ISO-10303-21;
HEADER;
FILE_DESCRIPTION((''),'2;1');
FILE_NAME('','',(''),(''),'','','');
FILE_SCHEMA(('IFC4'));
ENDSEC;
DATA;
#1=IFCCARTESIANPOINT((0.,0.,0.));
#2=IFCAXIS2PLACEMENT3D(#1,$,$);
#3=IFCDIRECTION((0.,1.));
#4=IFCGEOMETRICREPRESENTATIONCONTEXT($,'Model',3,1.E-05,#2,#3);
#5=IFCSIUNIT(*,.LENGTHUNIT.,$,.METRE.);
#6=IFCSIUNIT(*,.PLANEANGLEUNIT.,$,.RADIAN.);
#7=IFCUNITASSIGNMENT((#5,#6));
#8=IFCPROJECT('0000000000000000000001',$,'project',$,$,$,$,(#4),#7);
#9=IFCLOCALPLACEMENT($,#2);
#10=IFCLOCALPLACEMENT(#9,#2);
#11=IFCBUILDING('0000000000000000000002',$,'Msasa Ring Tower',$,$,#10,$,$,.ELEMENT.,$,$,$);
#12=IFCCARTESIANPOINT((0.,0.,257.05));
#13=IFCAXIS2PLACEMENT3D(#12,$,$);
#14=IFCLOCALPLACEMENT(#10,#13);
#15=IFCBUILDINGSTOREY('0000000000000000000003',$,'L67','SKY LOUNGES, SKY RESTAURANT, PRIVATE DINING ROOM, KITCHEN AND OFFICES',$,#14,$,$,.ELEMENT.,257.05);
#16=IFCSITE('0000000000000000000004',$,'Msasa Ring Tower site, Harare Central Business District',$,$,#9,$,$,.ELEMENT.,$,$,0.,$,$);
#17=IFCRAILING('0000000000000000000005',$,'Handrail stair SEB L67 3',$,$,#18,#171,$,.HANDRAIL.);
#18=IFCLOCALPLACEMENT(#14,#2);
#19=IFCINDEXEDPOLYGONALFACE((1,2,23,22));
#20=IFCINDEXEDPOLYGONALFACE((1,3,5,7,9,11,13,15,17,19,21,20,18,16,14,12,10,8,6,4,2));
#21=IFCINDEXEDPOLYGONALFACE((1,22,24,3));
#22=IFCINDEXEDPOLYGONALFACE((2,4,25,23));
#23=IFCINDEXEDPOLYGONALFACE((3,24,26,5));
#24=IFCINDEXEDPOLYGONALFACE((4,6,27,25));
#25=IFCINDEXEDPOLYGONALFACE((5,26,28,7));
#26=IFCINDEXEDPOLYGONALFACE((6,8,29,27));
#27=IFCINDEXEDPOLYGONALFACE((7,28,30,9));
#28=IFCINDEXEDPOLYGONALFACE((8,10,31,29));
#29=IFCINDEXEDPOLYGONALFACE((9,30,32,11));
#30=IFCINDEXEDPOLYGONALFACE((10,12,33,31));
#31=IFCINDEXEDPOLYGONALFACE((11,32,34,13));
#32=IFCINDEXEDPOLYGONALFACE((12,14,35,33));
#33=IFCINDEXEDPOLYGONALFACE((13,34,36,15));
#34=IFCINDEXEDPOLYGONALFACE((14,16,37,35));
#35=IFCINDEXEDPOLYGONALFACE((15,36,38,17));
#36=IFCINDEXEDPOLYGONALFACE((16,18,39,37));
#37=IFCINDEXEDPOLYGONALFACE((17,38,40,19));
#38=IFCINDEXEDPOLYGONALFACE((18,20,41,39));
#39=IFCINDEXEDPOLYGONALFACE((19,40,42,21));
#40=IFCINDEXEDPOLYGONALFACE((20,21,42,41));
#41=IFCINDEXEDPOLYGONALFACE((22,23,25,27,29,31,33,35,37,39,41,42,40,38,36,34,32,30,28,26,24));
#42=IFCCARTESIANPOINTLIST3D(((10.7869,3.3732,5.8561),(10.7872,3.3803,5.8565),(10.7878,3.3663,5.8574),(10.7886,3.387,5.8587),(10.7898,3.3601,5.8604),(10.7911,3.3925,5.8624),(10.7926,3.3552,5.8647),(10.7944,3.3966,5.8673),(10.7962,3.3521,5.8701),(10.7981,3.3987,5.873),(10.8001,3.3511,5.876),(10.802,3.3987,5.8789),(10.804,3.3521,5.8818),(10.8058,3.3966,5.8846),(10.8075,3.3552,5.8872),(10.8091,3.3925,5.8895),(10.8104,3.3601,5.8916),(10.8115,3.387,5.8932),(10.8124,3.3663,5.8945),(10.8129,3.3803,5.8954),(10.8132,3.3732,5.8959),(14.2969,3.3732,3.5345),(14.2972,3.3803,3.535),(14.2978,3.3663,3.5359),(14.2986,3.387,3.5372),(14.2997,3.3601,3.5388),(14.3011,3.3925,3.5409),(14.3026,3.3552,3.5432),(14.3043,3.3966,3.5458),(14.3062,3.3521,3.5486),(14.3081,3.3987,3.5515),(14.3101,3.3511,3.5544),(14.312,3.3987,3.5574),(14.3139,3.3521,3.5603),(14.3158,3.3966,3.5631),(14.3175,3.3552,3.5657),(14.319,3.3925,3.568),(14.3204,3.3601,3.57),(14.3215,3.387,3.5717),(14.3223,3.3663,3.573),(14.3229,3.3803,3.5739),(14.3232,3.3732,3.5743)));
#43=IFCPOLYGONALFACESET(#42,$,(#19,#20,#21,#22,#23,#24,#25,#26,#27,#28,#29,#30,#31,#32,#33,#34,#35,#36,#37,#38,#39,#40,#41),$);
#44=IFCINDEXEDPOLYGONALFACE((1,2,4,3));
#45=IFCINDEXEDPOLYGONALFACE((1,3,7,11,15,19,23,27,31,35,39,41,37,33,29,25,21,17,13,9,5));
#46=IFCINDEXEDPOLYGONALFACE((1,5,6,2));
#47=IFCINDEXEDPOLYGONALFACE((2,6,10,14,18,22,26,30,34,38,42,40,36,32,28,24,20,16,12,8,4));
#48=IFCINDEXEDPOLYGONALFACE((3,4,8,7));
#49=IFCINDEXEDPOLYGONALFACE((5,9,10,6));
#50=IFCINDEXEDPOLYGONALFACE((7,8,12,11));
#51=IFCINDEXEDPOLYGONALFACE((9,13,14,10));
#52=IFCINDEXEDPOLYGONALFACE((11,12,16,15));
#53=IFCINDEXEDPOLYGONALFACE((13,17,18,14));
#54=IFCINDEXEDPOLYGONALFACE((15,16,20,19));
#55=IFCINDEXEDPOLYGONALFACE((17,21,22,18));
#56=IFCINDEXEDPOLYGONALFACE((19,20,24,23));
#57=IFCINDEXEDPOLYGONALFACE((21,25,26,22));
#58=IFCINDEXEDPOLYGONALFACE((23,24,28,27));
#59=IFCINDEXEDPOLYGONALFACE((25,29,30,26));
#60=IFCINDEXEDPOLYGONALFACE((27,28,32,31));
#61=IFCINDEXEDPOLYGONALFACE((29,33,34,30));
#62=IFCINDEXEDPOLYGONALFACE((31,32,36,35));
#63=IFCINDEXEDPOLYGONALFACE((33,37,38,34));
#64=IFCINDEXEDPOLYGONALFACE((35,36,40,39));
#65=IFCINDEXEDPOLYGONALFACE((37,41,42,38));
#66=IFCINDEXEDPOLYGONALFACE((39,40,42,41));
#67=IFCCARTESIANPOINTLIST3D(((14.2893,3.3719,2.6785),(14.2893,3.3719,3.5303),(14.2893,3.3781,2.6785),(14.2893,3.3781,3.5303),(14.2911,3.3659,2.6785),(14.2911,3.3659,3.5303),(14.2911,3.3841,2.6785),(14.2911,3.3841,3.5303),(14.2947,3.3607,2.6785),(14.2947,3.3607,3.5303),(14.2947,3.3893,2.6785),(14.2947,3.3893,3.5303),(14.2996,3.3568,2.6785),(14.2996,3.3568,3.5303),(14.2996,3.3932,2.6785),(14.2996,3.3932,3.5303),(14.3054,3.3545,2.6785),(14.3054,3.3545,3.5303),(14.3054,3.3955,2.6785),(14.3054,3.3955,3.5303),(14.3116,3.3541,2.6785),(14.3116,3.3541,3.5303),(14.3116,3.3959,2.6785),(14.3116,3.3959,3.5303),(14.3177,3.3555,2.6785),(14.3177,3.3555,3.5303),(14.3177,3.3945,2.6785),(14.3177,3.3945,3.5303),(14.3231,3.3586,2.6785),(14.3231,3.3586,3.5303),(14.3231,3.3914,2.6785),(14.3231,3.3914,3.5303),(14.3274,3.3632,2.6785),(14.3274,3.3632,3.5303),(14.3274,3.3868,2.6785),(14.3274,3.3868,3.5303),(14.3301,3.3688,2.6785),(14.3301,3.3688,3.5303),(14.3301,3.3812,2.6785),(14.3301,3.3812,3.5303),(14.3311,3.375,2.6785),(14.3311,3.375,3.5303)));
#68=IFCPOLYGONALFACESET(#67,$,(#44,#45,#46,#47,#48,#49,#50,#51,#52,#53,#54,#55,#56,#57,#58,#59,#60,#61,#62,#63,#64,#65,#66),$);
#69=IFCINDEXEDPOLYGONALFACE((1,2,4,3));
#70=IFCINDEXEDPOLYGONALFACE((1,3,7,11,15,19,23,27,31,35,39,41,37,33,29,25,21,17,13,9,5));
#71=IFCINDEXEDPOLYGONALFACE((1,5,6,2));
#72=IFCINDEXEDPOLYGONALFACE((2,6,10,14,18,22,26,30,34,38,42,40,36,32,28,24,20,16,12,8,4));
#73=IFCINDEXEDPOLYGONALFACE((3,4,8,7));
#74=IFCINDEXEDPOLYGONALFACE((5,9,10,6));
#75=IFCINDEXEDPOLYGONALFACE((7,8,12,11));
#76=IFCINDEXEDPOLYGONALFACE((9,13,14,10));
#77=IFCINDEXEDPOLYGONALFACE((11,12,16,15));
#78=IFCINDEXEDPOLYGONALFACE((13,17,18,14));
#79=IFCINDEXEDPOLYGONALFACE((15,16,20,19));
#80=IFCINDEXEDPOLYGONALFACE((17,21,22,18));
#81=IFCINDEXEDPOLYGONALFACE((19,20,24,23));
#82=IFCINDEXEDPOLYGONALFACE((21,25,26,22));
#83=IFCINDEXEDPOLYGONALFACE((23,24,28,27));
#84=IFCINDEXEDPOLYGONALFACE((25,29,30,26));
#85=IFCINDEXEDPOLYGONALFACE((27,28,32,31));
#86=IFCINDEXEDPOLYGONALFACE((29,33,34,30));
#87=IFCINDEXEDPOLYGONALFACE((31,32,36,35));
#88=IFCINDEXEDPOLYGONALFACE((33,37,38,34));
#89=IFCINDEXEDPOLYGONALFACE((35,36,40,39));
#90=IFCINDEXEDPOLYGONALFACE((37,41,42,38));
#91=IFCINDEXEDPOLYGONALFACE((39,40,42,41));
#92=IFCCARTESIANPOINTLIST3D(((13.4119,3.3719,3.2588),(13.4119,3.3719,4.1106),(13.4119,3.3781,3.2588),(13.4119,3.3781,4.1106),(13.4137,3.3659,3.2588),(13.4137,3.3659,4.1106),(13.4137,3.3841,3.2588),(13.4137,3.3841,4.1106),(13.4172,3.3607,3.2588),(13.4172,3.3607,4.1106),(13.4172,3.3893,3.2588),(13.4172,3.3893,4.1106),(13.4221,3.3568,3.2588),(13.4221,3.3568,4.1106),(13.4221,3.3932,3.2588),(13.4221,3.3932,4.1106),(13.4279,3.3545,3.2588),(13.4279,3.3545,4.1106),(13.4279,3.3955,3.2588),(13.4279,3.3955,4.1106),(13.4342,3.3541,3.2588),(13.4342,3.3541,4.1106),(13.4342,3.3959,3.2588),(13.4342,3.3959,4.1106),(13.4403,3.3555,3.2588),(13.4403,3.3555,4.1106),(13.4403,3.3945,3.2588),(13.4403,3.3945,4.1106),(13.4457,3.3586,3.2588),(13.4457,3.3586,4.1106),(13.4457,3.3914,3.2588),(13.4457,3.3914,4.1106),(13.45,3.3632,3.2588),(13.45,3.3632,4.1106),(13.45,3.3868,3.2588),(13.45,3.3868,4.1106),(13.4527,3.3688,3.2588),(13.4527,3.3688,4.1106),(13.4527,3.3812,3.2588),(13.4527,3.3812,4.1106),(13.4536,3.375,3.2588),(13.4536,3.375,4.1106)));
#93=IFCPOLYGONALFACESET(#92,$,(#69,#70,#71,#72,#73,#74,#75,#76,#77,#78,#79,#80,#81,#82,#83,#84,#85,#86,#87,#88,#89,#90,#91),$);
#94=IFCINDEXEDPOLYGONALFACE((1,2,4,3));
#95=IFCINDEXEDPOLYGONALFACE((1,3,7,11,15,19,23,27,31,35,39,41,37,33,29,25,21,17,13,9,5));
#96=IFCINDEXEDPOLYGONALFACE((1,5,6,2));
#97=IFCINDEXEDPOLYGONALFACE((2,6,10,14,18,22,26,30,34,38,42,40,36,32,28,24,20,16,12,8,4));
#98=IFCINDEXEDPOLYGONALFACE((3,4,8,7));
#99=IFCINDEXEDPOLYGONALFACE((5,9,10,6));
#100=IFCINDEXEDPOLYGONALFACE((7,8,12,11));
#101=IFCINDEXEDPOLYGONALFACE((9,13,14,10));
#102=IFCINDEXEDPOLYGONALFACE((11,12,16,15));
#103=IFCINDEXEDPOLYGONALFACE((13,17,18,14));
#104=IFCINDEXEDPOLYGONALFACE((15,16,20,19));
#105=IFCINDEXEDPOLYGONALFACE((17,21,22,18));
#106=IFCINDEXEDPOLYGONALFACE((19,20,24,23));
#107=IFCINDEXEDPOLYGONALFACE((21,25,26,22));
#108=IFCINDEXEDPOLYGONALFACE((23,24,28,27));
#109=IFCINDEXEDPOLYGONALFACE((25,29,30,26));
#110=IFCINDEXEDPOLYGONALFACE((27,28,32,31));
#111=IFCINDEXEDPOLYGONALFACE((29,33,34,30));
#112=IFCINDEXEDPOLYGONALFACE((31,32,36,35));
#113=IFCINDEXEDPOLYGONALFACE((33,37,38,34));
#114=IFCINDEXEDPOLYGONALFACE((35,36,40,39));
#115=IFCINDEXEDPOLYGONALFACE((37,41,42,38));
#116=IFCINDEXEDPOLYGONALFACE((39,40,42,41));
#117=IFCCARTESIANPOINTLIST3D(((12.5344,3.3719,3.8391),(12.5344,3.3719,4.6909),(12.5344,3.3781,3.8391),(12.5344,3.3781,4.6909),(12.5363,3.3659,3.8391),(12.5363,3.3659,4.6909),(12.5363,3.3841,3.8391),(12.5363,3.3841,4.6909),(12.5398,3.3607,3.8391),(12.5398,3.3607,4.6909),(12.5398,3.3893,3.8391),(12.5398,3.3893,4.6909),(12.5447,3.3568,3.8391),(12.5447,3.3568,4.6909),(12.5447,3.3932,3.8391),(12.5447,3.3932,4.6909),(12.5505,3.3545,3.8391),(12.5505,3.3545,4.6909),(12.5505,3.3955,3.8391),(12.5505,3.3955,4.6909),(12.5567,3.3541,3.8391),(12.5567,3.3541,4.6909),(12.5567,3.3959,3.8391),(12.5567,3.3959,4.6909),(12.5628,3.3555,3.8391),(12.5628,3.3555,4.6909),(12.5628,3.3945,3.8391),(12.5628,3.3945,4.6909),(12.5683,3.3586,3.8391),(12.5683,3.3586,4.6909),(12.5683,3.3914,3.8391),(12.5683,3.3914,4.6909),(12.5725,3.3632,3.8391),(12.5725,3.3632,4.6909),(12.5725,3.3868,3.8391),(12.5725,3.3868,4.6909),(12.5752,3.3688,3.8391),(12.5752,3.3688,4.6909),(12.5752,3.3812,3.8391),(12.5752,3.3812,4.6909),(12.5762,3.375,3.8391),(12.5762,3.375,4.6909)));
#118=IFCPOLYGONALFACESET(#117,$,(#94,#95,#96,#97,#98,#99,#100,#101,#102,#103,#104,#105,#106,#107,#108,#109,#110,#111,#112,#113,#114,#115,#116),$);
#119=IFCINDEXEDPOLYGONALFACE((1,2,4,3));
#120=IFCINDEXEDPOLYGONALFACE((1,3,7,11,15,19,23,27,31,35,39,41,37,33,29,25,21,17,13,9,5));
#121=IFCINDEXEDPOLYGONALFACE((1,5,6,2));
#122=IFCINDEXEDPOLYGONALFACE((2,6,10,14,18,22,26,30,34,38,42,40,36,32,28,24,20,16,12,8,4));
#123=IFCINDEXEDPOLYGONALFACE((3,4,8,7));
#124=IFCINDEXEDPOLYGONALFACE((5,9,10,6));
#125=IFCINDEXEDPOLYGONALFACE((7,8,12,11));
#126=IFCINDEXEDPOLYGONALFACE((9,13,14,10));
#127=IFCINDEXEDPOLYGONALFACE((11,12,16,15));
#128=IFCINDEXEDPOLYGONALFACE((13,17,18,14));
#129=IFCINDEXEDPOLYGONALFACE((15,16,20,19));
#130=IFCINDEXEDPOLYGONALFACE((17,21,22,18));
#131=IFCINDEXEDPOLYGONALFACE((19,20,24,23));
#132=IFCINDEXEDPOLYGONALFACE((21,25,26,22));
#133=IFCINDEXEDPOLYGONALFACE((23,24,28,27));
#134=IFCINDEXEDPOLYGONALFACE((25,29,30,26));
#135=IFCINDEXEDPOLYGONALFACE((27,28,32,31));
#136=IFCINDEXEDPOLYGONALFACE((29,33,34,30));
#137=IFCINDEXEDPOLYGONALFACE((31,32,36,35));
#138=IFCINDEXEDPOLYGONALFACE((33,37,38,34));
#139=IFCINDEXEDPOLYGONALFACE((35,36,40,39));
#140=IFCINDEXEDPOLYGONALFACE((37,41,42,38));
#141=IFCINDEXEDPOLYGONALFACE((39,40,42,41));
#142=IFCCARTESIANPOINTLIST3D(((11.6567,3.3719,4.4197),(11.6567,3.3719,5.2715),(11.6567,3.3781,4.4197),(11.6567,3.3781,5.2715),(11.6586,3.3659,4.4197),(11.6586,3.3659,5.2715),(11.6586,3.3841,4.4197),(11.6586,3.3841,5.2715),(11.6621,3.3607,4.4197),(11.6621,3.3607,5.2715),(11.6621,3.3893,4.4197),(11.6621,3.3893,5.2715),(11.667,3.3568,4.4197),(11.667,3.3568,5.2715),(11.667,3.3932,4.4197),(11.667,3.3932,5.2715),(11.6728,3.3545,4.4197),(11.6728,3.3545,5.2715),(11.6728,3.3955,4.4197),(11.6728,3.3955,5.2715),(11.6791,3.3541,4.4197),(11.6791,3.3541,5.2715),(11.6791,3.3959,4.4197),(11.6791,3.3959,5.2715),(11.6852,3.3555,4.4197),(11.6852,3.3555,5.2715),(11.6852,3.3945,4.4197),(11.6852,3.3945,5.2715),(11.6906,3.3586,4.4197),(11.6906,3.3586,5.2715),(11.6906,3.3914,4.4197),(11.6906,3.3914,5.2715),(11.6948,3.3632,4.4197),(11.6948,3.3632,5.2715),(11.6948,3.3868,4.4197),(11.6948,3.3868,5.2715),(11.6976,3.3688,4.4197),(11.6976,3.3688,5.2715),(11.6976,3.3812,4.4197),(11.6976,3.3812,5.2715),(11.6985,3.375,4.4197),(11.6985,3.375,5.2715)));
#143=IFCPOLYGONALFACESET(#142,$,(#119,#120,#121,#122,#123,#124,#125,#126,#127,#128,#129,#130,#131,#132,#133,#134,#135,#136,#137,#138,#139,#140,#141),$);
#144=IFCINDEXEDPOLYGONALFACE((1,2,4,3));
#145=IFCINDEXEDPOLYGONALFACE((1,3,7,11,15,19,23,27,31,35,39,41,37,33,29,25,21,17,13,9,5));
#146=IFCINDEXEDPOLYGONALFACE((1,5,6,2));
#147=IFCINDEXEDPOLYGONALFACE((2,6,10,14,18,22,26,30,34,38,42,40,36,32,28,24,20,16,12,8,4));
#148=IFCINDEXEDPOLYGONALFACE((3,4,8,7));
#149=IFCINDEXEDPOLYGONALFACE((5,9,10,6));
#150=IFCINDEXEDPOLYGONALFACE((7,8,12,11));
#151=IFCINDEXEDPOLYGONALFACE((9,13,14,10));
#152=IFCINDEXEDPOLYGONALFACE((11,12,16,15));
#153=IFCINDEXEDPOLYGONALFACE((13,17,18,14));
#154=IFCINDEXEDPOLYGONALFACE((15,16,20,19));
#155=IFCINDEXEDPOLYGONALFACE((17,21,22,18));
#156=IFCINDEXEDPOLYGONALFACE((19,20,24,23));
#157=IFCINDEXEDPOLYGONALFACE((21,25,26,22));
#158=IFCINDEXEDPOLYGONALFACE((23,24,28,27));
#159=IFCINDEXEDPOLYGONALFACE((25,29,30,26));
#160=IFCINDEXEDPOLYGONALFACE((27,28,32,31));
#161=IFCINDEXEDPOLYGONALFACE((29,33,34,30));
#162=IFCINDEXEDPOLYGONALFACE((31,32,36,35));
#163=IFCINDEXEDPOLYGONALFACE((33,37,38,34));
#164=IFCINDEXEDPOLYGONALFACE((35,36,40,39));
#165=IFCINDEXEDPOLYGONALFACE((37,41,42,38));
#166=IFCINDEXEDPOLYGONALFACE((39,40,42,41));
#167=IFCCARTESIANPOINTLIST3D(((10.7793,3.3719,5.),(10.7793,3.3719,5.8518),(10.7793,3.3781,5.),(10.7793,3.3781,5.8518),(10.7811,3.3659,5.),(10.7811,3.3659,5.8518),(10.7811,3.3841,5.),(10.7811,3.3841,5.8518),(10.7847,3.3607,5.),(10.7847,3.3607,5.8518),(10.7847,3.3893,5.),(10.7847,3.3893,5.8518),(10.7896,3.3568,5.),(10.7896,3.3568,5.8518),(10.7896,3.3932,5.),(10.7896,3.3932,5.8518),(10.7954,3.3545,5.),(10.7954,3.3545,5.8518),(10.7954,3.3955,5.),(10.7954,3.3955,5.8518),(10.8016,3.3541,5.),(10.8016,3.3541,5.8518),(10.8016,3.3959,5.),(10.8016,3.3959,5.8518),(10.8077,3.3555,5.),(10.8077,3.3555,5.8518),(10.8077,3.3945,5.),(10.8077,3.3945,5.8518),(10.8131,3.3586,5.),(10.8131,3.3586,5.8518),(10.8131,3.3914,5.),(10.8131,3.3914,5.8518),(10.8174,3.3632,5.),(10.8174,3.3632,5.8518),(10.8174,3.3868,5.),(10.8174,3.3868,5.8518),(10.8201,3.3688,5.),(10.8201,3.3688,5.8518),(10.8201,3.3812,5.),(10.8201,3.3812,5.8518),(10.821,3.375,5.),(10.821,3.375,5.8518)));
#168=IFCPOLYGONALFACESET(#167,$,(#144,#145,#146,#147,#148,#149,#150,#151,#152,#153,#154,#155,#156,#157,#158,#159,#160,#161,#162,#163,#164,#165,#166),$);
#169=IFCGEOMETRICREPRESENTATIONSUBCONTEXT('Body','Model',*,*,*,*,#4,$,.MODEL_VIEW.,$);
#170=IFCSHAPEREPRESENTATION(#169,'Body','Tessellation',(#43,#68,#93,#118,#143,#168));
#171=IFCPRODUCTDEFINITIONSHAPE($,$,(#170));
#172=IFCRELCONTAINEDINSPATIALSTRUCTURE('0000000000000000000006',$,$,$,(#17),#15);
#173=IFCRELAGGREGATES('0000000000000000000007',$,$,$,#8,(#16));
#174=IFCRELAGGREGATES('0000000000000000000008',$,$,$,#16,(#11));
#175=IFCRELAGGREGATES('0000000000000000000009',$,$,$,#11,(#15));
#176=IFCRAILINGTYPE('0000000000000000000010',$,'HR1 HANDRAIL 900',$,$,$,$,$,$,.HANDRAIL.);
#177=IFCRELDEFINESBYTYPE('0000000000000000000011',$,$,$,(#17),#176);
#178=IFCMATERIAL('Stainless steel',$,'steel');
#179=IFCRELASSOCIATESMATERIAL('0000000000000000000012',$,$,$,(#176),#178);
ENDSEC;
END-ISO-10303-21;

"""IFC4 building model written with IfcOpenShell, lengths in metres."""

from ifc_helpers import new_model, si_unit, direction, frame, origin, origin_2d, place, context, subcontext, project, spatial, circle, extrude, material, type_object, element, save


model = new_model("IFC4")

# Units and contexts
model_context = context("Model", 3, precision=1e-05, world=origin(), true_north=direction((0.0, 1.0)))
body_context = subcontext(model_context, "Body", "Model", "MODEL_VIEW")
ifc_project = project(units=[si_unit("LENGTHUNIT", "METRE"), si_unit("PLANEANGLEUNIT", "RADIAN")], contexts=[model_context])

# Site, building, storey
site_placement = place(None, origin())
site = spatial("IfcSite", under=ifc_project, at=site_placement, Name="Msasa Ring Tower site, Harare Central Business District", CompositionType="ELEMENT", RefElevation=0.0)
building_placement = place(site_placement, origin())
building = spatial("IfcBuilding", under=site, at=building_placement, Name="Msasa Ring Tower", CompositionType="ELEMENT")
storey_placement = place(building_placement, frame((0.0, 0.0, 257.05)))
storey = spatial("IfcBuildingStorey", under=building, at=storey_placement, Name="L67", Description="SKY LOUNGES, SKY RESTAURANT, PRIVATE DINING ROOM, KITCHEN AND OFFICES", CompositionType="ELEMENT", Elevation=257.05)

# Railing
ifc_material_1 = material(Name="Stainless steel", Category="steel")
railing_type = type_object("IfcRailingType", Name="HR1 HANDRAIL 900", PredefinedType="HANDRAIL", material=ifc_material_1)
for number, where, name in (
    (1, (14.3101, 3.375, 2.6785), "Handrail stair SEB L67 3"),
):
    element("IfcRailing", number, at=place(storey_placement, frame(where)), inside=storey, type_object=railing_type, Name=name, PredefinedType="HANDRAIL", context=body_context, shape_type="SweptSolid", body=[
        extrude(circle(Radius=0.0239, at=origin_2d()), frame((0.0, 0.0, 0.876), z_axis=(-0.834071, 0.0, 0.551657), x_axis=(0.0, -1.0, 0.0)), (0.0, 0.0, 1.0), 4.2083),
        extrude(circle(Radius=0.021, at=origin_2d()), origin(), (0.0, 0.0, 1.0), 0.8518),
        extrude(circle(Radius=0.021, at=origin_2d()), frame((-0.8774, 0.0, 0.5803)), (0.0, 0.0, 1.0), 0.8518),
        extrude(circle(Radius=0.021, at=origin_2d()), frame((-1.7549, 0.0, 1.1606)), (0.0, 0.0, 1.0), 0.8518),
        extrude(circle(Radius=0.021, at=origin_2d()), frame((-2.6326, 0.0, 1.7412)), (0.0, 0.0, 1.0), 0.8518),
        extrude(circle(Radius=0.021, at=origin_2d()), frame((-3.51, 0.0, 2.3215)), (0.0, 0.0, 1.0), 0.8518),
    ])

save(model, "model.ifc")
